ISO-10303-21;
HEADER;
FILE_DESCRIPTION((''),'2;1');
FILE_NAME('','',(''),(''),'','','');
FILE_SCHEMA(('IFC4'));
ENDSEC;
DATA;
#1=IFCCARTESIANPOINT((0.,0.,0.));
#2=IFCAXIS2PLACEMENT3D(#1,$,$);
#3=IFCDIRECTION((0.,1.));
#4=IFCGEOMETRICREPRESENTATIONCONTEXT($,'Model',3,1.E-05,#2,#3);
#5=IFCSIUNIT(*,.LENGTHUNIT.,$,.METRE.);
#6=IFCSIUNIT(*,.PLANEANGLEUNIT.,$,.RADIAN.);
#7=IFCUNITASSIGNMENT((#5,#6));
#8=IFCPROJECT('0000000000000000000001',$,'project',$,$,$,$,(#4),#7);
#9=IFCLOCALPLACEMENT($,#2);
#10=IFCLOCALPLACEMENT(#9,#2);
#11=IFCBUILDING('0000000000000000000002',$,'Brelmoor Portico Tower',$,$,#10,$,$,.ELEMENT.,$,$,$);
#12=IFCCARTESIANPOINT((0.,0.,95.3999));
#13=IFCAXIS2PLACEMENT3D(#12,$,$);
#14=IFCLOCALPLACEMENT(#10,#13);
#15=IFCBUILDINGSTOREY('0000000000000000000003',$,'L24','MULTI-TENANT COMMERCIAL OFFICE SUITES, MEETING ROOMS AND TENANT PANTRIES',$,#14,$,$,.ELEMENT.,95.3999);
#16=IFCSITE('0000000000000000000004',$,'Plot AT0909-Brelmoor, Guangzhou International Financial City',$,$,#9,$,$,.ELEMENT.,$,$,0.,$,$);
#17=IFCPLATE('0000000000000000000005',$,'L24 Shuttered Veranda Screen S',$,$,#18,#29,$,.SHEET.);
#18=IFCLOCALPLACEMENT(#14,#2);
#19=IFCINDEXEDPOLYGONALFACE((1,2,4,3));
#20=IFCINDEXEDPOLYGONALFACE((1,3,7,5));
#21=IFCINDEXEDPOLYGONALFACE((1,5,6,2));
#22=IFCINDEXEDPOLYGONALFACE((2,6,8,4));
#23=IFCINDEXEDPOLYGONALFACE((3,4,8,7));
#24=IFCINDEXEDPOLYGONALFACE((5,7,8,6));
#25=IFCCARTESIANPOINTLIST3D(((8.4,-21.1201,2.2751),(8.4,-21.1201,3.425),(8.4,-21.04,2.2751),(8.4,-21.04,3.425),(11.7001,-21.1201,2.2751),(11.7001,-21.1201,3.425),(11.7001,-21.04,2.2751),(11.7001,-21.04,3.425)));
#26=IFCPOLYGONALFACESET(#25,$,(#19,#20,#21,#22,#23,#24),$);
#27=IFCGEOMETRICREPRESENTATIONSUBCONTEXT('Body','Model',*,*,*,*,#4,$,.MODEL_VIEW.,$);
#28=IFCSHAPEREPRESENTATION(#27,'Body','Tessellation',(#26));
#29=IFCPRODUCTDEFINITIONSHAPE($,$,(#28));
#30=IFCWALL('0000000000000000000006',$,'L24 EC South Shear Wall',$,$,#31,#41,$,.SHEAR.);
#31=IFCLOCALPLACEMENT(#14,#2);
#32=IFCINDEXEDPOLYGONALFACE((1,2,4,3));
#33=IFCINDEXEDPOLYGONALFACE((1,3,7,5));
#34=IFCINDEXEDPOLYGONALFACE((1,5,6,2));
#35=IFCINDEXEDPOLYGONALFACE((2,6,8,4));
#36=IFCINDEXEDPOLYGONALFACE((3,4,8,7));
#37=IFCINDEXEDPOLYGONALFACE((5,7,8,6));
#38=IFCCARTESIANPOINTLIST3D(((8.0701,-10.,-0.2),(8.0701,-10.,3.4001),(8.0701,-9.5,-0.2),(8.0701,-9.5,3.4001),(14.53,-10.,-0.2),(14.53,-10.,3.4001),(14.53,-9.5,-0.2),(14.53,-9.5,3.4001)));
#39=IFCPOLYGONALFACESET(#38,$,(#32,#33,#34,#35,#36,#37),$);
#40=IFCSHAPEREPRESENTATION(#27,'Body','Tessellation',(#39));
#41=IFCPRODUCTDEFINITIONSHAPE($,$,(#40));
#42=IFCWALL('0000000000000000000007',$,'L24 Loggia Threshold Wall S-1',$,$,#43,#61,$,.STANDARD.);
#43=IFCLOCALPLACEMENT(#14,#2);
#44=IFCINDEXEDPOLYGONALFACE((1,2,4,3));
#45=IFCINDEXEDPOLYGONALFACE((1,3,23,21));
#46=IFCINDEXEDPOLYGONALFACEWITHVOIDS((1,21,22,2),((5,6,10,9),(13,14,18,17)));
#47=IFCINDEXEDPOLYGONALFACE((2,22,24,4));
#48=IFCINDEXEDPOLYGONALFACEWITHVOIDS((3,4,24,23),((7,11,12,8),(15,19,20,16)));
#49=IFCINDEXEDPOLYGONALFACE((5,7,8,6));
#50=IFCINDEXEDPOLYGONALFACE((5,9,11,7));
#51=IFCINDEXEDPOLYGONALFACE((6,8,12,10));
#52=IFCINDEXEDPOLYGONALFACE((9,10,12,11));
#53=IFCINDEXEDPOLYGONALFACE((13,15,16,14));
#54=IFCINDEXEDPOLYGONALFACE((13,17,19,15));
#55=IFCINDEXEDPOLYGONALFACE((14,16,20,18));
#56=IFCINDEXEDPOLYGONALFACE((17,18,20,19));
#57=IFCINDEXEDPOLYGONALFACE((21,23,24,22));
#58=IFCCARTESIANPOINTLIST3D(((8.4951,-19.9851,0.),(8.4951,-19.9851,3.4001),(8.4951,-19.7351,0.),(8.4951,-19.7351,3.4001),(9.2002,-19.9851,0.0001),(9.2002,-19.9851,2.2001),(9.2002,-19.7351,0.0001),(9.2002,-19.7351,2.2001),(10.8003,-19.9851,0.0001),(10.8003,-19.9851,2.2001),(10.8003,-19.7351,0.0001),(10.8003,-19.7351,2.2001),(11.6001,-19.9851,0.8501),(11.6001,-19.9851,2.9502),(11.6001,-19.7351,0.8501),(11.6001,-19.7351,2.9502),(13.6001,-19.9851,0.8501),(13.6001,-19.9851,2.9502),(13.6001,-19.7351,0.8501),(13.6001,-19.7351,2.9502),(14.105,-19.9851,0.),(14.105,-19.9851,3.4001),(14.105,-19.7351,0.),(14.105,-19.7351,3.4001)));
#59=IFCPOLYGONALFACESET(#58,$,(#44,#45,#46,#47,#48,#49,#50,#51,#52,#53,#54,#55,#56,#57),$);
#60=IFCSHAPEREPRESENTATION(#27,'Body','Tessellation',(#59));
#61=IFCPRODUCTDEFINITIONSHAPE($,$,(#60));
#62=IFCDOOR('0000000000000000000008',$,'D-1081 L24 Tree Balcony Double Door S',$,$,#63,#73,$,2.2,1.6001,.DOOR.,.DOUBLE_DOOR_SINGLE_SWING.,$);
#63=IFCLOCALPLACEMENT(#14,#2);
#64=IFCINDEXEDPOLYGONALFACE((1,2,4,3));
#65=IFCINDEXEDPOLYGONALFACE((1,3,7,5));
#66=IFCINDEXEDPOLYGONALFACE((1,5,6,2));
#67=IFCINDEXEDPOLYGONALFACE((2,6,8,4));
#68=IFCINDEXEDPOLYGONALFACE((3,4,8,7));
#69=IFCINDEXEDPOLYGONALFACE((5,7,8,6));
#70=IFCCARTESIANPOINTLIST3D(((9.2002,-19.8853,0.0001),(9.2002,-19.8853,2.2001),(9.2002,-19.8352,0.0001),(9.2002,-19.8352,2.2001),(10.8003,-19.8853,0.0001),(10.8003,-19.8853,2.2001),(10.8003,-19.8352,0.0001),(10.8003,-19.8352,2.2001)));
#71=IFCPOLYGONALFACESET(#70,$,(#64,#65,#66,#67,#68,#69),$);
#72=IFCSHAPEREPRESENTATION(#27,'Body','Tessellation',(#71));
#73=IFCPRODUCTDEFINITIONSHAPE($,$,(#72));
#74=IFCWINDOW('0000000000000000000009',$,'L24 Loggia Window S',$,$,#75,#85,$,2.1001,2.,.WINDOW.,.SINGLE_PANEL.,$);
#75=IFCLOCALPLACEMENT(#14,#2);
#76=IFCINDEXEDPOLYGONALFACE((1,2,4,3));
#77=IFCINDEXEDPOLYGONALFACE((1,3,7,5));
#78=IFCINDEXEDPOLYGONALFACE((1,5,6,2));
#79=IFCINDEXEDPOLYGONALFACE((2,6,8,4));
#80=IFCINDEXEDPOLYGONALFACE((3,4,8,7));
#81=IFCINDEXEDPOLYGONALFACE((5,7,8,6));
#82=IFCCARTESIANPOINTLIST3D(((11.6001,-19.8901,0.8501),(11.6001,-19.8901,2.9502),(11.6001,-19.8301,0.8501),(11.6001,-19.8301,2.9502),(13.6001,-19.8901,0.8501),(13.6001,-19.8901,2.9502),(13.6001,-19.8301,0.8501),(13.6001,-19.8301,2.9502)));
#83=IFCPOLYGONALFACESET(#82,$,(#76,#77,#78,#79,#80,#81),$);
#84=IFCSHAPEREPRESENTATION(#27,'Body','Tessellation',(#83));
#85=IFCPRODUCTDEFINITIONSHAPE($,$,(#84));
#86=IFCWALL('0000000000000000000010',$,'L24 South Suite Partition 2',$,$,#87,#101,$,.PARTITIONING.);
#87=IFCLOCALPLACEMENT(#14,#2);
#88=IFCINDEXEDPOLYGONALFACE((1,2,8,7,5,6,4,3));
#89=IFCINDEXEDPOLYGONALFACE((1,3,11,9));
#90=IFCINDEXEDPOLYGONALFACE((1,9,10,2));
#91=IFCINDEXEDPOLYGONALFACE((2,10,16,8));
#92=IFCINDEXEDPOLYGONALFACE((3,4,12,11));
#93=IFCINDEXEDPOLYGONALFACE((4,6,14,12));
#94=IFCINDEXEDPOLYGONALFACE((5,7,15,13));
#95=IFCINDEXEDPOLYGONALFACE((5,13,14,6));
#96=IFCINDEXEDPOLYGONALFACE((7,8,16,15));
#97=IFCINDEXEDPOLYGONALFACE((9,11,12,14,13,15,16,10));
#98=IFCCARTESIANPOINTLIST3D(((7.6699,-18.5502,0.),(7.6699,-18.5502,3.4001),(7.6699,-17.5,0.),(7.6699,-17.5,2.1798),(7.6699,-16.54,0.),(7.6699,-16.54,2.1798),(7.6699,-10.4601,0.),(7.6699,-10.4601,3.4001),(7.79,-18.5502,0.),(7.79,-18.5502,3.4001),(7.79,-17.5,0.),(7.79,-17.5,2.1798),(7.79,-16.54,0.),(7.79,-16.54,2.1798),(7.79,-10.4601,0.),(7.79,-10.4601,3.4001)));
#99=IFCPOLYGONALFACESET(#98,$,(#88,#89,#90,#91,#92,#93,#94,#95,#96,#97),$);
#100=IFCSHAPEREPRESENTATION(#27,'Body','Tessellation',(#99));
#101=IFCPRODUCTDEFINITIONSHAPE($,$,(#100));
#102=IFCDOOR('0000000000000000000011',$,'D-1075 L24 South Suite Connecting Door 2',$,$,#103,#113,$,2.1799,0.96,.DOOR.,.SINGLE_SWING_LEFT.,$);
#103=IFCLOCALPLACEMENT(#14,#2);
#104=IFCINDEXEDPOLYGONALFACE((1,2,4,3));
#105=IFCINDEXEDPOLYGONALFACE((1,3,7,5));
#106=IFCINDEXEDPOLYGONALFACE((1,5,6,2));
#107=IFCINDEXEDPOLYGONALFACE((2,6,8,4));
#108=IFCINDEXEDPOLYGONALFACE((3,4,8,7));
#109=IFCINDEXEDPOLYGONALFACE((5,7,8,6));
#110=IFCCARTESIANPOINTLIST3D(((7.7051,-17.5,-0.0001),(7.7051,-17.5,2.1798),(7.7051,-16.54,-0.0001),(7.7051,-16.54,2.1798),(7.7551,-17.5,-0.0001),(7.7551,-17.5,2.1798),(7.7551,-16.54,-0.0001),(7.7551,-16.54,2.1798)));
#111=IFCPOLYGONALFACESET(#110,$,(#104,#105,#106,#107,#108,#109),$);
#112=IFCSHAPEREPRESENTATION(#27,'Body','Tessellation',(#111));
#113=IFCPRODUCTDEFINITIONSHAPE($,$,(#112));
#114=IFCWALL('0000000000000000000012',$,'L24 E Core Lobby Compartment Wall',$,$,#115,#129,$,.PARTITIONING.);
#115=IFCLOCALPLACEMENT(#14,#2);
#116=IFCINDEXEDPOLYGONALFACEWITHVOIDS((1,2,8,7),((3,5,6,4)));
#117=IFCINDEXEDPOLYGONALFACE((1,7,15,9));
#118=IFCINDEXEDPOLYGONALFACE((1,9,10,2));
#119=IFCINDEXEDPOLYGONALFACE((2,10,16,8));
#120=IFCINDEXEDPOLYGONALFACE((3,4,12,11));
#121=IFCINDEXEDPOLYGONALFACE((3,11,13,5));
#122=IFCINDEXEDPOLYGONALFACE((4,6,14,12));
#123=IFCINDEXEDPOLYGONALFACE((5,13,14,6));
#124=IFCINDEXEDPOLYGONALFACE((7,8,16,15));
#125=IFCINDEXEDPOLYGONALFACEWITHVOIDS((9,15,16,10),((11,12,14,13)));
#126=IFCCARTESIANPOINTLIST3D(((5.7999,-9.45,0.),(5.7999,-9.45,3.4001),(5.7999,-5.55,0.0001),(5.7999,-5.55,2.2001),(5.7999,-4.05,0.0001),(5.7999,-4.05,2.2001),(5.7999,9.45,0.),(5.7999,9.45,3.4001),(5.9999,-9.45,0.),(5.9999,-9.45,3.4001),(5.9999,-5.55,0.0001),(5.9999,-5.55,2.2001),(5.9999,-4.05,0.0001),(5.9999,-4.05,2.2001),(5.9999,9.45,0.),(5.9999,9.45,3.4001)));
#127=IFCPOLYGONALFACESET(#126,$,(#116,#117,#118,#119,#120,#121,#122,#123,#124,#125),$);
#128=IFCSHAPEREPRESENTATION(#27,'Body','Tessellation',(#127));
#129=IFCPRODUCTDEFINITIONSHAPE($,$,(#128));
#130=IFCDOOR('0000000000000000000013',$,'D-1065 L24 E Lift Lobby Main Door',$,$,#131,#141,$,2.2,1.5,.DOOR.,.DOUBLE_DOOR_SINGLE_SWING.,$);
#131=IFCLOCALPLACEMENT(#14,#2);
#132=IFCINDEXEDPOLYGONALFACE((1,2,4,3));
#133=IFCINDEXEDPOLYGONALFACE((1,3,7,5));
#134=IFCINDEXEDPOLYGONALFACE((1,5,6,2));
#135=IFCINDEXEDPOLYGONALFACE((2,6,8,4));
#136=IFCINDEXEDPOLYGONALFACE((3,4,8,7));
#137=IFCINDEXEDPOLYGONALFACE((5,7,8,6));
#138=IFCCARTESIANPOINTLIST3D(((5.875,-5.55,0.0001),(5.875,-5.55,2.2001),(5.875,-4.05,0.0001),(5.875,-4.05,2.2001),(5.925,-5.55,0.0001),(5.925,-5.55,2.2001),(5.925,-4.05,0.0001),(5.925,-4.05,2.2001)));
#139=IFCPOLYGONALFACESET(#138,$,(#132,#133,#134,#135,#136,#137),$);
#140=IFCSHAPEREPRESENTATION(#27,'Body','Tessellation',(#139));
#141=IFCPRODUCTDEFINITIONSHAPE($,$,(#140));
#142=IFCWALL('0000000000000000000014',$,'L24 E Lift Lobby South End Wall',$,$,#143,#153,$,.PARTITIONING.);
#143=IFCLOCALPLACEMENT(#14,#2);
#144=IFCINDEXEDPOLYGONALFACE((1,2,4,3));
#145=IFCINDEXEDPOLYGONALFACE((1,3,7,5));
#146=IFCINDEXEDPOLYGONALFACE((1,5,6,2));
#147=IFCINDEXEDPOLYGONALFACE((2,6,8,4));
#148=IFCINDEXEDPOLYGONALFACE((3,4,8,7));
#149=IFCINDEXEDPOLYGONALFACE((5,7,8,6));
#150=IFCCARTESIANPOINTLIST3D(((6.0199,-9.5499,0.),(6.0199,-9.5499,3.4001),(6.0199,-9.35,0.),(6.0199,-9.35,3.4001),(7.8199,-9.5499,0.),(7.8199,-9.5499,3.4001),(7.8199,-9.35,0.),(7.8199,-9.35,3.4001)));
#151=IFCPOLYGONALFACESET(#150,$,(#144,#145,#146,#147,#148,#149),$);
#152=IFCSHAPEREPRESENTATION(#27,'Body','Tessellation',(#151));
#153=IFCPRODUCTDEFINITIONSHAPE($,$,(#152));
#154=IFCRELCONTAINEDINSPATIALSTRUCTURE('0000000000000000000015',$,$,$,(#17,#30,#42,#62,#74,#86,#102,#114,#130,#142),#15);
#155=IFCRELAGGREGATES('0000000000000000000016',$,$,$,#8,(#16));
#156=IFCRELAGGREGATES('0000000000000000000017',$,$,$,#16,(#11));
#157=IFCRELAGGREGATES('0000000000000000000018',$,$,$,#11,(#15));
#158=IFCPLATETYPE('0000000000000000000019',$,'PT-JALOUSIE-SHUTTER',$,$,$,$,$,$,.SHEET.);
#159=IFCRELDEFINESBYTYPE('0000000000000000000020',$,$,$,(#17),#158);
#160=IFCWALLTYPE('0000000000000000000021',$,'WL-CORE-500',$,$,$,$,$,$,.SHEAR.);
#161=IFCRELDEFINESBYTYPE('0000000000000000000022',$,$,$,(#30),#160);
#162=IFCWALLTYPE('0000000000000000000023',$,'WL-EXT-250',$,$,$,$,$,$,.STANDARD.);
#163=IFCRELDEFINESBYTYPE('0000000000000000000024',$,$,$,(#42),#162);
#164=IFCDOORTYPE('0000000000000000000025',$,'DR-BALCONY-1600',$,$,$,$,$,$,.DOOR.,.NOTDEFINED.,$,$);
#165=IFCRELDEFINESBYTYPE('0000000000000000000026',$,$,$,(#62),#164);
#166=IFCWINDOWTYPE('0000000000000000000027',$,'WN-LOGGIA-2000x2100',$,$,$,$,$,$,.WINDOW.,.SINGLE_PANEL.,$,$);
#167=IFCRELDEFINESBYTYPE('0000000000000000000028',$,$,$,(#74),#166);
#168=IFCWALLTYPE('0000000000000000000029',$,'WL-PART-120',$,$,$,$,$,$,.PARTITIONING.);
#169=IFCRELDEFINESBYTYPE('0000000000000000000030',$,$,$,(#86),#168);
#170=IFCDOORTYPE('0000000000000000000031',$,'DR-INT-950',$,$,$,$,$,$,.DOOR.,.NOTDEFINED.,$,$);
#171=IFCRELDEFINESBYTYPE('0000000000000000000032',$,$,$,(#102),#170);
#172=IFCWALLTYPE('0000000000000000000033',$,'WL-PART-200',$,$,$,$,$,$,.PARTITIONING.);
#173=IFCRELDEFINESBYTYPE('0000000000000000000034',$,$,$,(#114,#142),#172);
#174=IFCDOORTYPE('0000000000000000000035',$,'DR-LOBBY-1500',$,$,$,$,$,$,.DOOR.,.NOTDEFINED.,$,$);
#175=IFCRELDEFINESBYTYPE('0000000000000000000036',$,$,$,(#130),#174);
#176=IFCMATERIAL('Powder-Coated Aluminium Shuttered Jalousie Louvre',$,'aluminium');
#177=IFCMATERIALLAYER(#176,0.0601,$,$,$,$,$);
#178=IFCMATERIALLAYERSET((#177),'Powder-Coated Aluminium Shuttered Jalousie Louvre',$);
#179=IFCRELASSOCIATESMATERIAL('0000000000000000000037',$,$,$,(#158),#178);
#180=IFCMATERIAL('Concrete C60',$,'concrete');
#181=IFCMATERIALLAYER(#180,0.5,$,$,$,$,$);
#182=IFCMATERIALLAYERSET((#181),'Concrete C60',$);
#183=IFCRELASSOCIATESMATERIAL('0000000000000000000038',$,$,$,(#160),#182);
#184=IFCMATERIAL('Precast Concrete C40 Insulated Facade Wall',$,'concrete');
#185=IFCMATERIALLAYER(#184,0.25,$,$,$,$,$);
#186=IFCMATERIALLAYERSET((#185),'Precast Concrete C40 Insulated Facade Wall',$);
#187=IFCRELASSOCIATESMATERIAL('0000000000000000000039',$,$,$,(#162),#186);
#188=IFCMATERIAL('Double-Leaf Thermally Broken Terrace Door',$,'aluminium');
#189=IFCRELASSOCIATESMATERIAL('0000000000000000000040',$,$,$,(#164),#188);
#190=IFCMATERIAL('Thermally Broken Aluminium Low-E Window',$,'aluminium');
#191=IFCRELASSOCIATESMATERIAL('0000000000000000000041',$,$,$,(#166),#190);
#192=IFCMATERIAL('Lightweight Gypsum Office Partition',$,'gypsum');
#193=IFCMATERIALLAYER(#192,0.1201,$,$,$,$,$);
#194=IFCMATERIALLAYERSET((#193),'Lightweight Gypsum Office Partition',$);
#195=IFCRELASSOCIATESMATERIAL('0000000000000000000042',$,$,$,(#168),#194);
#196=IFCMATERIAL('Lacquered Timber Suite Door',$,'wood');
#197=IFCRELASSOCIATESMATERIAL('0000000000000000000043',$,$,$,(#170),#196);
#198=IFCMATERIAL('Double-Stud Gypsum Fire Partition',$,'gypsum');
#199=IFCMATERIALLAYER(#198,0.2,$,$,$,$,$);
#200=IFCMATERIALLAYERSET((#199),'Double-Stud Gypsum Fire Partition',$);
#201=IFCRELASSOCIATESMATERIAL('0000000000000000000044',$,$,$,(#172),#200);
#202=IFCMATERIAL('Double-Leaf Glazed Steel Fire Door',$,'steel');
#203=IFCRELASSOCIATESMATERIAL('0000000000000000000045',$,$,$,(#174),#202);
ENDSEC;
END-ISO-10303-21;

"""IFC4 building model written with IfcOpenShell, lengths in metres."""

from ifc_helpers import new_model, si_unit, direction, frame, frame_2d, origin, origin_2d, place, context, subcontext, project, spatial, rectangle, extrude, material, layer, layer_set, type_object, element, fill, save


model = new_model("IFC4")

# Units and contexts
model_context = context("Model", 3, precision=1e-05, world=origin(), true_north=direction((0.0, 1.0)))
body_context = subcontext(model_context, "Body", "Model", "MODEL_VIEW")
ifc_project = project(units=[si_unit("LENGTHUNIT", "METRE"), si_unit("PLANEANGLEUNIT", "RADIAN")], contexts=[model_context])

# Site, building, storey
site_placement = place(None, origin())
site = spatial("IfcSite", under=ifc_project, at=site_placement, Name="Plot AT0909-Brelmoor, Guangzhou International Financial City", CompositionType="ELEMENT", RefElevation=0.0)
building_placement = place(site_placement, origin())
building = spatial("IfcBuilding", under=site, at=building_placement, Name="Brelmoor Portico Tower", CompositionType="ELEMENT")
storey_placement = place(building_placement, frame((0.0, 0.0, 95.3999)))
storey = spatial("IfcBuildingStorey", under=building, at=storey_placement, Name="L24", Description="MULTI-TENANT COMMERCIAL OFFICE SUITES, MEETING ROOMS AND TENANT PANTRIES", CompositionType="ELEMENT", Elevation=95.3999)

# Plate
ifc_material_1 = material(Name="Powder-Coated Aluminium Shuttered Jalousie Louvre", Category="aluminium")
ifc_layer_1 = layer(ifc_material_1, 0.0601)
ifc_layer_set_1 = layer_set([ifc_layer_1], Name="Powder-Coated Aluminium Shuttered Jalousie Louvre")
plate_type_1 = type_object("IfcPlateType", Name="PT-JALOUSIE-SHUTTER", PredefinedType="SHEET", material=ifc_layer_set_1)
plate_1_placement = place(storey_placement, frame((10.05, -21.0801, 2.2751), z_axis=(0.0, 0.0, 1.0), x_axis=(1.0, 0.0, 0.0)))
element("IfcPlate", 1, at=plate_1_placement, inside=storey, type_object=plate_type_1, Name="L24 Shuttered Veranda Screen S", PredefinedType="SHEET", context=body_context, shape_type="SweptSolid", body=[
    extrude(rectangle(XDim=3.3, YDim=0.0801, at=origin_2d()), origin(), (0.0, 0.0, 1.0), 1.1499),
])

# Wall
ifc_material_2 = material(Name="Concrete C60", Category="concrete")
ifc_layer_2 = layer(ifc_material_2, 0.5)
ifc_layer_set_2 = layer_set([ifc_layer_2], Name="Concrete C60")
wall_type_1 = type_object("IfcWallType", Name="WL-CORE-500", PredefinedType="SHEAR", material=ifc_layer_set_2)
wall_1_placement = place(storey_placement, frame((8.0701, -9.75, -0.2), z_axis=(0.0, 0.0, 1.0), x_axis=(1.0, 0.0, 0.0)))
element("IfcWall", 2, at=wall_1_placement, inside=storey, type_object=wall_type_1, Name="L24 EC South Shear Wall", PredefinedType="SHEAR", context=body_context, shape_type="SweptSolid", body=[
    extrude(rectangle(XDim=6.46, YDim=0.5, at=frame_2d((3.23, 0.0))), origin(), (0.0, 0.0, 1.0), 3.6001),
])

# Wall, openings, door, window
ifc_material_3 = material(Name="Precast Concrete C40 Insulated Facade Wall", Category="concrete")
ifc_layer_3 = layer(ifc_material_3, 0.25)
ifc_layer_set_3 = layer_set([ifc_layer_3], Name="Precast Concrete C40 Insulated Facade Wall")
wall_type_2 = type_object("IfcWallType", Name="WL-EXT-250", PredefinedType="STANDARD", material=ifc_layer_set_3)
wall_2_placement = place(storey_placement, frame((8.4951, -19.8601, 0.0), z_axis=(0.0, 0.0, 1.0), x_axis=(1.0, 0.0, 0.0)))
wall_2 = element("IfcWall", 3, at=wall_2_placement, inside=storey, type_object=wall_type_2, Name="L24 Loggia Threshold Wall S-1", PredefinedType="STANDARD", context=body_context, shape_type="SweptSolid", body=[
    extrude(rectangle(XDim=5.6099, YDim=0.25, at=frame_2d((2.8049, 0.0))), origin(), (0.0, 0.0, 1.0), 3.4001),
])
opening_1_placement = place(wall_2_placement, frame((0.7051, 0.0, 0.0)))
opening_1 = element("IfcOpeningElement", 4, at=opening_1_placement, cuts=wall_2, PredefinedType="OPENING", context=body_context, shape_type="SweptSolid", body=[
    extrude(rectangle(XDim=1.6001, YDim=2.2, at=frame_2d((0.8, 1.1001))), frame((0.0, 0.135, 0.0), z_axis=(0.0, -1.0, 0.0), x_axis=(1.0, 0.0, 0.0)), (0.0, 0.0, 1.0), 0.27),
])
opening_2_placement = place(wall_2_placement, frame((3.105, 0.0, 0.8501)))
opening_2 = element("IfcOpeningElement", 5, at=opening_2_placement, cuts=wall_2, PredefinedType="OPENING", context=body_context, shape_type="SweptSolid", body=[
    extrude(rectangle(XDim=2.0, YDim=2.1001, at=frame_2d((1.0, 1.05))), frame((0.0, 0.135, 0.0), z_axis=(0.0, -1.0, 0.0), x_axis=(1.0, 0.0, 0.0)), (0.0, 0.0, 1.0), 0.27),
])
ifc_material_4 = material(Name="Double-Leaf Thermally Broken Terrace Door", Category="aluminium")
door_type_1 = type_object("IfcDoorType", Name="DR-BALCONY-1600", OperationType="NOTDEFINED", PredefinedType="DOOR", material=ifc_material_4)
door_1_placement = place(opening_1_placement, origin())
door_1 = element("IfcDoor", 6, at=door_1_placement, inside=storey, type_object=door_type_1, Name="D-1081 L24 Tree Balcony Double Door S", OperationType="DOUBLE_DOOR_SINGLE_SWING", OverallHeight=2.2, OverallWidth=1.6001, PredefinedType="DOOR", context=body_context, shape_type="SweptSolid", body=[
    extrude(rectangle(XDim=1.6001, YDim=2.2, at=frame_2d((0.8, 1.1001))), frame((0.0, 0.0249, 0.0), z_axis=(0.0, -1.0, 0.0), x_axis=(1.0, 0.0, 0.0)), (0.0, 0.0, 1.0), 0.05),
])
fill(opening_1, door_1)
ifc_material_5 = material(Name="Thermally Broken Aluminium Low-E Window", Category="aluminium")
window_type = type_object("IfcWindowType", Name="WN-LOGGIA-2000x2100", PartitioningType="SINGLE_PANEL", PredefinedType="WINDOW", material=ifc_material_5)
window_placement = place(opening_2_placement, origin())
window = element("IfcWindow", 7, at=window_placement, inside=storey, type_object=window_type, Name="L24 Loggia Window S", OverallHeight=2.1001, OverallWidth=2.0, PartitioningType="SINGLE_PANEL", PredefinedType="WINDOW", context=body_context, shape_type="SweptSolid", body=[
    extrude(rectangle(XDim=2.0, YDim=2.1001, at=frame_2d((1.0, 1.05))), frame((0.0, 0.03, 0.0), z_axis=(0.0, -1.0, 0.0), x_axis=(1.0, 0.0, 0.0)), (0.0, 0.0, 1.0), 0.0601),
])
fill(opening_2, window)

# Wall, opening, door
ifc_material_6 = material(Name="Lightweight Gypsum Office Partition", Category="gypsum")
ifc_layer_4 = layer(ifc_material_6, 0.1201)
ifc_layer_set_4 = layer_set([ifc_layer_4], Name="Lightweight Gypsum Office Partition")
wall_type_3 = type_object("IfcWallType", Name="WL-PART-120", PredefinedType="PARTITIONING", material=ifc_layer_set_4)
wall_3_placement = place(storey_placement, frame((7.73, -18.55, 0.0), z_axis=(0.0, 0.0, 1.0), x_axis=(0.0, 1.0, 0.0)))
wall_3 = element("IfcWall", 8, at=wall_3_placement, inside=storey, type_object=wall_type_3, Name="L24 South Suite Partition 2", PredefinedType="PARTITIONING", context=body_context, shape_type="SweptSolid", body=[
    extrude(rectangle(XDim=8.0901, YDim=0.1201, at=frame_2d((4.0449, 0.0))), origin(), (0.0, 0.0, 1.0), 3.4001),
])
opening_3_placement = place(wall_3_placement, frame((1.05, 0.0, 0.0)))
opening_3 = element("IfcOpeningElement", 9, at=opening_3_placement, cuts=wall_3, PredefinedType="OPENING", context=body_context, shape_type="SweptSolid", body=[
    extrude(rectangle(XDim=0.96, YDim=2.1799, at=frame_2d((0.48, 1.0898))), frame((0.0, 0.0701, 0.0), z_axis=(0.0, -1.0, 0.0), x_axis=(1.0, 0.0, 0.0)), (0.0, 0.0, 1.0), 0.1401),
])
ifc_material_7 = material(Name="Lacquered Timber Suite Door", Category="wood")
door_type_2 = type_object("IfcDoorType", Name="DR-INT-950", OperationType="NOTDEFINED", PredefinedType="DOOR", material=ifc_material_7)
door_2_placement = place(opening_3_placement, origin())
door_2 = element("IfcDoor", 10, at=door_2_placement, inside=storey, type_object=door_type_2, Name="D-1075 L24 South Suite Connecting Door 2", OperationType="SINGLE_SWING_LEFT", OverallHeight=2.1799, OverallWidth=0.96, PredefinedType="DOOR", context=body_context, shape_type="SweptSolid", body=[
    extrude(rectangle(XDim=0.96, YDim=2.1799, at=frame_2d((0.48, 1.0898))), frame((0.0, 0.0249, 0.0), z_axis=(0.0, -1.0, 0.0), x_axis=(1.0, 0.0, 0.0)), (0.0, 0.0, 1.0), 0.05),
])
fill(opening_3, door_2)

# Wall, opening, door
ifc_material_8 = material(Name="Double-Stud Gypsum Fire Partition", Category="gypsum")
ifc_layer_5 = layer(ifc_material_8, 0.2)
ifc_layer_set_5 = layer_set([ifc_layer_5], Name="Double-Stud Gypsum Fire Partition")
wall_type_4 = type_object("IfcWallType", Name="WL-PART-200", PredefinedType="PARTITIONING", material=ifc_layer_set_5)
wall_4_placement = place(storey_placement, frame((5.8999, -9.45, 0.0), z_axis=(0.0, 0.0, 1.0), x_axis=(0.0, 1.0, 0.0)))
wall_4 = element("IfcWall", 11, at=wall_4_placement, inside=storey, type_object=wall_type_4, Name="L24 E Core Lobby Compartment Wall", PredefinedType="PARTITIONING", context=body_context, shape_type="SweptSolid", body=[
    extrude(rectangle(XDim=18.8999, YDim=0.2, at=frame_2d((9.45, 0.0))), origin(), (0.0, 0.0, 1.0), 3.4001),
])
opening_4_placement = place(wall_4_placement, frame((3.8999, 0.0, 0.0)))
opening_4 = element("IfcOpeningElement", 12, at=opening_4_placement, cuts=wall_4, PredefinedType="OPENING", context=body_context, shape_type="SweptSolid", body=[
    extrude(rectangle(XDim=1.5, YDim=2.2, at=frame_2d((0.75, 1.1001))), frame((0.0, 0.1099, 0.0), z_axis=(0.0, -1.0, 0.0), x_axis=(1.0, 0.0, 0.0)), (0.0, 0.0, 1.0), 0.22),
])
ifc_material_9 = material(Name="Double-Leaf Glazed Steel Fire Door", Category="steel")
door_type_3 = type_object("IfcDoorType", Name="DR-LOBBY-1500", OperationType="NOTDEFINED", PredefinedType="DOOR", material=ifc_material_9)
door_3_placement = place(opening_4_placement, origin())
door_3 = element("IfcDoor", 13, at=door_3_placement, inside=storey, type_object=door_type_3, Name="D-1065 L24 E Lift Lobby Main Door", OperationType="DOUBLE_DOOR_SINGLE_SWING", OverallHeight=2.2, OverallWidth=1.5, PredefinedType="DOOR", context=body_context, shape_type="SweptSolid", body=[
    extrude(rectangle(XDim=1.5, YDim=2.2, at=frame_2d((0.75, 1.1001))), frame((0.0, 0.0249, 0.0), z_axis=(0.0, -1.0, 0.0), x_axis=(1.0, 0.0, 0.0)), (0.0, 0.0, 1.0), 0.05),
])
fill(opening_4, door_3)

# Wall
wall_5_placement = place(storey_placement, frame((6.02, -9.45, 0.0), z_axis=(0.0, 0.0, 1.0), x_axis=(1.0, 0.0, 0.0)))
element("IfcWall", 14, at=wall_5_placement, inside=storey, type_object=wall_type_4, Name="L24 E Lift Lobby South End Wall", PredefinedType="PARTITIONING", context=body_context, shape_type="SweptSolid", body=[
    extrude(rectangle(XDim=1.8, YDim=0.2, at=frame_2d((0.8999, 0.0))), origin(), (0.0, 0.0, 1.0), 3.4001),
])

save(model, "model.ifc")
